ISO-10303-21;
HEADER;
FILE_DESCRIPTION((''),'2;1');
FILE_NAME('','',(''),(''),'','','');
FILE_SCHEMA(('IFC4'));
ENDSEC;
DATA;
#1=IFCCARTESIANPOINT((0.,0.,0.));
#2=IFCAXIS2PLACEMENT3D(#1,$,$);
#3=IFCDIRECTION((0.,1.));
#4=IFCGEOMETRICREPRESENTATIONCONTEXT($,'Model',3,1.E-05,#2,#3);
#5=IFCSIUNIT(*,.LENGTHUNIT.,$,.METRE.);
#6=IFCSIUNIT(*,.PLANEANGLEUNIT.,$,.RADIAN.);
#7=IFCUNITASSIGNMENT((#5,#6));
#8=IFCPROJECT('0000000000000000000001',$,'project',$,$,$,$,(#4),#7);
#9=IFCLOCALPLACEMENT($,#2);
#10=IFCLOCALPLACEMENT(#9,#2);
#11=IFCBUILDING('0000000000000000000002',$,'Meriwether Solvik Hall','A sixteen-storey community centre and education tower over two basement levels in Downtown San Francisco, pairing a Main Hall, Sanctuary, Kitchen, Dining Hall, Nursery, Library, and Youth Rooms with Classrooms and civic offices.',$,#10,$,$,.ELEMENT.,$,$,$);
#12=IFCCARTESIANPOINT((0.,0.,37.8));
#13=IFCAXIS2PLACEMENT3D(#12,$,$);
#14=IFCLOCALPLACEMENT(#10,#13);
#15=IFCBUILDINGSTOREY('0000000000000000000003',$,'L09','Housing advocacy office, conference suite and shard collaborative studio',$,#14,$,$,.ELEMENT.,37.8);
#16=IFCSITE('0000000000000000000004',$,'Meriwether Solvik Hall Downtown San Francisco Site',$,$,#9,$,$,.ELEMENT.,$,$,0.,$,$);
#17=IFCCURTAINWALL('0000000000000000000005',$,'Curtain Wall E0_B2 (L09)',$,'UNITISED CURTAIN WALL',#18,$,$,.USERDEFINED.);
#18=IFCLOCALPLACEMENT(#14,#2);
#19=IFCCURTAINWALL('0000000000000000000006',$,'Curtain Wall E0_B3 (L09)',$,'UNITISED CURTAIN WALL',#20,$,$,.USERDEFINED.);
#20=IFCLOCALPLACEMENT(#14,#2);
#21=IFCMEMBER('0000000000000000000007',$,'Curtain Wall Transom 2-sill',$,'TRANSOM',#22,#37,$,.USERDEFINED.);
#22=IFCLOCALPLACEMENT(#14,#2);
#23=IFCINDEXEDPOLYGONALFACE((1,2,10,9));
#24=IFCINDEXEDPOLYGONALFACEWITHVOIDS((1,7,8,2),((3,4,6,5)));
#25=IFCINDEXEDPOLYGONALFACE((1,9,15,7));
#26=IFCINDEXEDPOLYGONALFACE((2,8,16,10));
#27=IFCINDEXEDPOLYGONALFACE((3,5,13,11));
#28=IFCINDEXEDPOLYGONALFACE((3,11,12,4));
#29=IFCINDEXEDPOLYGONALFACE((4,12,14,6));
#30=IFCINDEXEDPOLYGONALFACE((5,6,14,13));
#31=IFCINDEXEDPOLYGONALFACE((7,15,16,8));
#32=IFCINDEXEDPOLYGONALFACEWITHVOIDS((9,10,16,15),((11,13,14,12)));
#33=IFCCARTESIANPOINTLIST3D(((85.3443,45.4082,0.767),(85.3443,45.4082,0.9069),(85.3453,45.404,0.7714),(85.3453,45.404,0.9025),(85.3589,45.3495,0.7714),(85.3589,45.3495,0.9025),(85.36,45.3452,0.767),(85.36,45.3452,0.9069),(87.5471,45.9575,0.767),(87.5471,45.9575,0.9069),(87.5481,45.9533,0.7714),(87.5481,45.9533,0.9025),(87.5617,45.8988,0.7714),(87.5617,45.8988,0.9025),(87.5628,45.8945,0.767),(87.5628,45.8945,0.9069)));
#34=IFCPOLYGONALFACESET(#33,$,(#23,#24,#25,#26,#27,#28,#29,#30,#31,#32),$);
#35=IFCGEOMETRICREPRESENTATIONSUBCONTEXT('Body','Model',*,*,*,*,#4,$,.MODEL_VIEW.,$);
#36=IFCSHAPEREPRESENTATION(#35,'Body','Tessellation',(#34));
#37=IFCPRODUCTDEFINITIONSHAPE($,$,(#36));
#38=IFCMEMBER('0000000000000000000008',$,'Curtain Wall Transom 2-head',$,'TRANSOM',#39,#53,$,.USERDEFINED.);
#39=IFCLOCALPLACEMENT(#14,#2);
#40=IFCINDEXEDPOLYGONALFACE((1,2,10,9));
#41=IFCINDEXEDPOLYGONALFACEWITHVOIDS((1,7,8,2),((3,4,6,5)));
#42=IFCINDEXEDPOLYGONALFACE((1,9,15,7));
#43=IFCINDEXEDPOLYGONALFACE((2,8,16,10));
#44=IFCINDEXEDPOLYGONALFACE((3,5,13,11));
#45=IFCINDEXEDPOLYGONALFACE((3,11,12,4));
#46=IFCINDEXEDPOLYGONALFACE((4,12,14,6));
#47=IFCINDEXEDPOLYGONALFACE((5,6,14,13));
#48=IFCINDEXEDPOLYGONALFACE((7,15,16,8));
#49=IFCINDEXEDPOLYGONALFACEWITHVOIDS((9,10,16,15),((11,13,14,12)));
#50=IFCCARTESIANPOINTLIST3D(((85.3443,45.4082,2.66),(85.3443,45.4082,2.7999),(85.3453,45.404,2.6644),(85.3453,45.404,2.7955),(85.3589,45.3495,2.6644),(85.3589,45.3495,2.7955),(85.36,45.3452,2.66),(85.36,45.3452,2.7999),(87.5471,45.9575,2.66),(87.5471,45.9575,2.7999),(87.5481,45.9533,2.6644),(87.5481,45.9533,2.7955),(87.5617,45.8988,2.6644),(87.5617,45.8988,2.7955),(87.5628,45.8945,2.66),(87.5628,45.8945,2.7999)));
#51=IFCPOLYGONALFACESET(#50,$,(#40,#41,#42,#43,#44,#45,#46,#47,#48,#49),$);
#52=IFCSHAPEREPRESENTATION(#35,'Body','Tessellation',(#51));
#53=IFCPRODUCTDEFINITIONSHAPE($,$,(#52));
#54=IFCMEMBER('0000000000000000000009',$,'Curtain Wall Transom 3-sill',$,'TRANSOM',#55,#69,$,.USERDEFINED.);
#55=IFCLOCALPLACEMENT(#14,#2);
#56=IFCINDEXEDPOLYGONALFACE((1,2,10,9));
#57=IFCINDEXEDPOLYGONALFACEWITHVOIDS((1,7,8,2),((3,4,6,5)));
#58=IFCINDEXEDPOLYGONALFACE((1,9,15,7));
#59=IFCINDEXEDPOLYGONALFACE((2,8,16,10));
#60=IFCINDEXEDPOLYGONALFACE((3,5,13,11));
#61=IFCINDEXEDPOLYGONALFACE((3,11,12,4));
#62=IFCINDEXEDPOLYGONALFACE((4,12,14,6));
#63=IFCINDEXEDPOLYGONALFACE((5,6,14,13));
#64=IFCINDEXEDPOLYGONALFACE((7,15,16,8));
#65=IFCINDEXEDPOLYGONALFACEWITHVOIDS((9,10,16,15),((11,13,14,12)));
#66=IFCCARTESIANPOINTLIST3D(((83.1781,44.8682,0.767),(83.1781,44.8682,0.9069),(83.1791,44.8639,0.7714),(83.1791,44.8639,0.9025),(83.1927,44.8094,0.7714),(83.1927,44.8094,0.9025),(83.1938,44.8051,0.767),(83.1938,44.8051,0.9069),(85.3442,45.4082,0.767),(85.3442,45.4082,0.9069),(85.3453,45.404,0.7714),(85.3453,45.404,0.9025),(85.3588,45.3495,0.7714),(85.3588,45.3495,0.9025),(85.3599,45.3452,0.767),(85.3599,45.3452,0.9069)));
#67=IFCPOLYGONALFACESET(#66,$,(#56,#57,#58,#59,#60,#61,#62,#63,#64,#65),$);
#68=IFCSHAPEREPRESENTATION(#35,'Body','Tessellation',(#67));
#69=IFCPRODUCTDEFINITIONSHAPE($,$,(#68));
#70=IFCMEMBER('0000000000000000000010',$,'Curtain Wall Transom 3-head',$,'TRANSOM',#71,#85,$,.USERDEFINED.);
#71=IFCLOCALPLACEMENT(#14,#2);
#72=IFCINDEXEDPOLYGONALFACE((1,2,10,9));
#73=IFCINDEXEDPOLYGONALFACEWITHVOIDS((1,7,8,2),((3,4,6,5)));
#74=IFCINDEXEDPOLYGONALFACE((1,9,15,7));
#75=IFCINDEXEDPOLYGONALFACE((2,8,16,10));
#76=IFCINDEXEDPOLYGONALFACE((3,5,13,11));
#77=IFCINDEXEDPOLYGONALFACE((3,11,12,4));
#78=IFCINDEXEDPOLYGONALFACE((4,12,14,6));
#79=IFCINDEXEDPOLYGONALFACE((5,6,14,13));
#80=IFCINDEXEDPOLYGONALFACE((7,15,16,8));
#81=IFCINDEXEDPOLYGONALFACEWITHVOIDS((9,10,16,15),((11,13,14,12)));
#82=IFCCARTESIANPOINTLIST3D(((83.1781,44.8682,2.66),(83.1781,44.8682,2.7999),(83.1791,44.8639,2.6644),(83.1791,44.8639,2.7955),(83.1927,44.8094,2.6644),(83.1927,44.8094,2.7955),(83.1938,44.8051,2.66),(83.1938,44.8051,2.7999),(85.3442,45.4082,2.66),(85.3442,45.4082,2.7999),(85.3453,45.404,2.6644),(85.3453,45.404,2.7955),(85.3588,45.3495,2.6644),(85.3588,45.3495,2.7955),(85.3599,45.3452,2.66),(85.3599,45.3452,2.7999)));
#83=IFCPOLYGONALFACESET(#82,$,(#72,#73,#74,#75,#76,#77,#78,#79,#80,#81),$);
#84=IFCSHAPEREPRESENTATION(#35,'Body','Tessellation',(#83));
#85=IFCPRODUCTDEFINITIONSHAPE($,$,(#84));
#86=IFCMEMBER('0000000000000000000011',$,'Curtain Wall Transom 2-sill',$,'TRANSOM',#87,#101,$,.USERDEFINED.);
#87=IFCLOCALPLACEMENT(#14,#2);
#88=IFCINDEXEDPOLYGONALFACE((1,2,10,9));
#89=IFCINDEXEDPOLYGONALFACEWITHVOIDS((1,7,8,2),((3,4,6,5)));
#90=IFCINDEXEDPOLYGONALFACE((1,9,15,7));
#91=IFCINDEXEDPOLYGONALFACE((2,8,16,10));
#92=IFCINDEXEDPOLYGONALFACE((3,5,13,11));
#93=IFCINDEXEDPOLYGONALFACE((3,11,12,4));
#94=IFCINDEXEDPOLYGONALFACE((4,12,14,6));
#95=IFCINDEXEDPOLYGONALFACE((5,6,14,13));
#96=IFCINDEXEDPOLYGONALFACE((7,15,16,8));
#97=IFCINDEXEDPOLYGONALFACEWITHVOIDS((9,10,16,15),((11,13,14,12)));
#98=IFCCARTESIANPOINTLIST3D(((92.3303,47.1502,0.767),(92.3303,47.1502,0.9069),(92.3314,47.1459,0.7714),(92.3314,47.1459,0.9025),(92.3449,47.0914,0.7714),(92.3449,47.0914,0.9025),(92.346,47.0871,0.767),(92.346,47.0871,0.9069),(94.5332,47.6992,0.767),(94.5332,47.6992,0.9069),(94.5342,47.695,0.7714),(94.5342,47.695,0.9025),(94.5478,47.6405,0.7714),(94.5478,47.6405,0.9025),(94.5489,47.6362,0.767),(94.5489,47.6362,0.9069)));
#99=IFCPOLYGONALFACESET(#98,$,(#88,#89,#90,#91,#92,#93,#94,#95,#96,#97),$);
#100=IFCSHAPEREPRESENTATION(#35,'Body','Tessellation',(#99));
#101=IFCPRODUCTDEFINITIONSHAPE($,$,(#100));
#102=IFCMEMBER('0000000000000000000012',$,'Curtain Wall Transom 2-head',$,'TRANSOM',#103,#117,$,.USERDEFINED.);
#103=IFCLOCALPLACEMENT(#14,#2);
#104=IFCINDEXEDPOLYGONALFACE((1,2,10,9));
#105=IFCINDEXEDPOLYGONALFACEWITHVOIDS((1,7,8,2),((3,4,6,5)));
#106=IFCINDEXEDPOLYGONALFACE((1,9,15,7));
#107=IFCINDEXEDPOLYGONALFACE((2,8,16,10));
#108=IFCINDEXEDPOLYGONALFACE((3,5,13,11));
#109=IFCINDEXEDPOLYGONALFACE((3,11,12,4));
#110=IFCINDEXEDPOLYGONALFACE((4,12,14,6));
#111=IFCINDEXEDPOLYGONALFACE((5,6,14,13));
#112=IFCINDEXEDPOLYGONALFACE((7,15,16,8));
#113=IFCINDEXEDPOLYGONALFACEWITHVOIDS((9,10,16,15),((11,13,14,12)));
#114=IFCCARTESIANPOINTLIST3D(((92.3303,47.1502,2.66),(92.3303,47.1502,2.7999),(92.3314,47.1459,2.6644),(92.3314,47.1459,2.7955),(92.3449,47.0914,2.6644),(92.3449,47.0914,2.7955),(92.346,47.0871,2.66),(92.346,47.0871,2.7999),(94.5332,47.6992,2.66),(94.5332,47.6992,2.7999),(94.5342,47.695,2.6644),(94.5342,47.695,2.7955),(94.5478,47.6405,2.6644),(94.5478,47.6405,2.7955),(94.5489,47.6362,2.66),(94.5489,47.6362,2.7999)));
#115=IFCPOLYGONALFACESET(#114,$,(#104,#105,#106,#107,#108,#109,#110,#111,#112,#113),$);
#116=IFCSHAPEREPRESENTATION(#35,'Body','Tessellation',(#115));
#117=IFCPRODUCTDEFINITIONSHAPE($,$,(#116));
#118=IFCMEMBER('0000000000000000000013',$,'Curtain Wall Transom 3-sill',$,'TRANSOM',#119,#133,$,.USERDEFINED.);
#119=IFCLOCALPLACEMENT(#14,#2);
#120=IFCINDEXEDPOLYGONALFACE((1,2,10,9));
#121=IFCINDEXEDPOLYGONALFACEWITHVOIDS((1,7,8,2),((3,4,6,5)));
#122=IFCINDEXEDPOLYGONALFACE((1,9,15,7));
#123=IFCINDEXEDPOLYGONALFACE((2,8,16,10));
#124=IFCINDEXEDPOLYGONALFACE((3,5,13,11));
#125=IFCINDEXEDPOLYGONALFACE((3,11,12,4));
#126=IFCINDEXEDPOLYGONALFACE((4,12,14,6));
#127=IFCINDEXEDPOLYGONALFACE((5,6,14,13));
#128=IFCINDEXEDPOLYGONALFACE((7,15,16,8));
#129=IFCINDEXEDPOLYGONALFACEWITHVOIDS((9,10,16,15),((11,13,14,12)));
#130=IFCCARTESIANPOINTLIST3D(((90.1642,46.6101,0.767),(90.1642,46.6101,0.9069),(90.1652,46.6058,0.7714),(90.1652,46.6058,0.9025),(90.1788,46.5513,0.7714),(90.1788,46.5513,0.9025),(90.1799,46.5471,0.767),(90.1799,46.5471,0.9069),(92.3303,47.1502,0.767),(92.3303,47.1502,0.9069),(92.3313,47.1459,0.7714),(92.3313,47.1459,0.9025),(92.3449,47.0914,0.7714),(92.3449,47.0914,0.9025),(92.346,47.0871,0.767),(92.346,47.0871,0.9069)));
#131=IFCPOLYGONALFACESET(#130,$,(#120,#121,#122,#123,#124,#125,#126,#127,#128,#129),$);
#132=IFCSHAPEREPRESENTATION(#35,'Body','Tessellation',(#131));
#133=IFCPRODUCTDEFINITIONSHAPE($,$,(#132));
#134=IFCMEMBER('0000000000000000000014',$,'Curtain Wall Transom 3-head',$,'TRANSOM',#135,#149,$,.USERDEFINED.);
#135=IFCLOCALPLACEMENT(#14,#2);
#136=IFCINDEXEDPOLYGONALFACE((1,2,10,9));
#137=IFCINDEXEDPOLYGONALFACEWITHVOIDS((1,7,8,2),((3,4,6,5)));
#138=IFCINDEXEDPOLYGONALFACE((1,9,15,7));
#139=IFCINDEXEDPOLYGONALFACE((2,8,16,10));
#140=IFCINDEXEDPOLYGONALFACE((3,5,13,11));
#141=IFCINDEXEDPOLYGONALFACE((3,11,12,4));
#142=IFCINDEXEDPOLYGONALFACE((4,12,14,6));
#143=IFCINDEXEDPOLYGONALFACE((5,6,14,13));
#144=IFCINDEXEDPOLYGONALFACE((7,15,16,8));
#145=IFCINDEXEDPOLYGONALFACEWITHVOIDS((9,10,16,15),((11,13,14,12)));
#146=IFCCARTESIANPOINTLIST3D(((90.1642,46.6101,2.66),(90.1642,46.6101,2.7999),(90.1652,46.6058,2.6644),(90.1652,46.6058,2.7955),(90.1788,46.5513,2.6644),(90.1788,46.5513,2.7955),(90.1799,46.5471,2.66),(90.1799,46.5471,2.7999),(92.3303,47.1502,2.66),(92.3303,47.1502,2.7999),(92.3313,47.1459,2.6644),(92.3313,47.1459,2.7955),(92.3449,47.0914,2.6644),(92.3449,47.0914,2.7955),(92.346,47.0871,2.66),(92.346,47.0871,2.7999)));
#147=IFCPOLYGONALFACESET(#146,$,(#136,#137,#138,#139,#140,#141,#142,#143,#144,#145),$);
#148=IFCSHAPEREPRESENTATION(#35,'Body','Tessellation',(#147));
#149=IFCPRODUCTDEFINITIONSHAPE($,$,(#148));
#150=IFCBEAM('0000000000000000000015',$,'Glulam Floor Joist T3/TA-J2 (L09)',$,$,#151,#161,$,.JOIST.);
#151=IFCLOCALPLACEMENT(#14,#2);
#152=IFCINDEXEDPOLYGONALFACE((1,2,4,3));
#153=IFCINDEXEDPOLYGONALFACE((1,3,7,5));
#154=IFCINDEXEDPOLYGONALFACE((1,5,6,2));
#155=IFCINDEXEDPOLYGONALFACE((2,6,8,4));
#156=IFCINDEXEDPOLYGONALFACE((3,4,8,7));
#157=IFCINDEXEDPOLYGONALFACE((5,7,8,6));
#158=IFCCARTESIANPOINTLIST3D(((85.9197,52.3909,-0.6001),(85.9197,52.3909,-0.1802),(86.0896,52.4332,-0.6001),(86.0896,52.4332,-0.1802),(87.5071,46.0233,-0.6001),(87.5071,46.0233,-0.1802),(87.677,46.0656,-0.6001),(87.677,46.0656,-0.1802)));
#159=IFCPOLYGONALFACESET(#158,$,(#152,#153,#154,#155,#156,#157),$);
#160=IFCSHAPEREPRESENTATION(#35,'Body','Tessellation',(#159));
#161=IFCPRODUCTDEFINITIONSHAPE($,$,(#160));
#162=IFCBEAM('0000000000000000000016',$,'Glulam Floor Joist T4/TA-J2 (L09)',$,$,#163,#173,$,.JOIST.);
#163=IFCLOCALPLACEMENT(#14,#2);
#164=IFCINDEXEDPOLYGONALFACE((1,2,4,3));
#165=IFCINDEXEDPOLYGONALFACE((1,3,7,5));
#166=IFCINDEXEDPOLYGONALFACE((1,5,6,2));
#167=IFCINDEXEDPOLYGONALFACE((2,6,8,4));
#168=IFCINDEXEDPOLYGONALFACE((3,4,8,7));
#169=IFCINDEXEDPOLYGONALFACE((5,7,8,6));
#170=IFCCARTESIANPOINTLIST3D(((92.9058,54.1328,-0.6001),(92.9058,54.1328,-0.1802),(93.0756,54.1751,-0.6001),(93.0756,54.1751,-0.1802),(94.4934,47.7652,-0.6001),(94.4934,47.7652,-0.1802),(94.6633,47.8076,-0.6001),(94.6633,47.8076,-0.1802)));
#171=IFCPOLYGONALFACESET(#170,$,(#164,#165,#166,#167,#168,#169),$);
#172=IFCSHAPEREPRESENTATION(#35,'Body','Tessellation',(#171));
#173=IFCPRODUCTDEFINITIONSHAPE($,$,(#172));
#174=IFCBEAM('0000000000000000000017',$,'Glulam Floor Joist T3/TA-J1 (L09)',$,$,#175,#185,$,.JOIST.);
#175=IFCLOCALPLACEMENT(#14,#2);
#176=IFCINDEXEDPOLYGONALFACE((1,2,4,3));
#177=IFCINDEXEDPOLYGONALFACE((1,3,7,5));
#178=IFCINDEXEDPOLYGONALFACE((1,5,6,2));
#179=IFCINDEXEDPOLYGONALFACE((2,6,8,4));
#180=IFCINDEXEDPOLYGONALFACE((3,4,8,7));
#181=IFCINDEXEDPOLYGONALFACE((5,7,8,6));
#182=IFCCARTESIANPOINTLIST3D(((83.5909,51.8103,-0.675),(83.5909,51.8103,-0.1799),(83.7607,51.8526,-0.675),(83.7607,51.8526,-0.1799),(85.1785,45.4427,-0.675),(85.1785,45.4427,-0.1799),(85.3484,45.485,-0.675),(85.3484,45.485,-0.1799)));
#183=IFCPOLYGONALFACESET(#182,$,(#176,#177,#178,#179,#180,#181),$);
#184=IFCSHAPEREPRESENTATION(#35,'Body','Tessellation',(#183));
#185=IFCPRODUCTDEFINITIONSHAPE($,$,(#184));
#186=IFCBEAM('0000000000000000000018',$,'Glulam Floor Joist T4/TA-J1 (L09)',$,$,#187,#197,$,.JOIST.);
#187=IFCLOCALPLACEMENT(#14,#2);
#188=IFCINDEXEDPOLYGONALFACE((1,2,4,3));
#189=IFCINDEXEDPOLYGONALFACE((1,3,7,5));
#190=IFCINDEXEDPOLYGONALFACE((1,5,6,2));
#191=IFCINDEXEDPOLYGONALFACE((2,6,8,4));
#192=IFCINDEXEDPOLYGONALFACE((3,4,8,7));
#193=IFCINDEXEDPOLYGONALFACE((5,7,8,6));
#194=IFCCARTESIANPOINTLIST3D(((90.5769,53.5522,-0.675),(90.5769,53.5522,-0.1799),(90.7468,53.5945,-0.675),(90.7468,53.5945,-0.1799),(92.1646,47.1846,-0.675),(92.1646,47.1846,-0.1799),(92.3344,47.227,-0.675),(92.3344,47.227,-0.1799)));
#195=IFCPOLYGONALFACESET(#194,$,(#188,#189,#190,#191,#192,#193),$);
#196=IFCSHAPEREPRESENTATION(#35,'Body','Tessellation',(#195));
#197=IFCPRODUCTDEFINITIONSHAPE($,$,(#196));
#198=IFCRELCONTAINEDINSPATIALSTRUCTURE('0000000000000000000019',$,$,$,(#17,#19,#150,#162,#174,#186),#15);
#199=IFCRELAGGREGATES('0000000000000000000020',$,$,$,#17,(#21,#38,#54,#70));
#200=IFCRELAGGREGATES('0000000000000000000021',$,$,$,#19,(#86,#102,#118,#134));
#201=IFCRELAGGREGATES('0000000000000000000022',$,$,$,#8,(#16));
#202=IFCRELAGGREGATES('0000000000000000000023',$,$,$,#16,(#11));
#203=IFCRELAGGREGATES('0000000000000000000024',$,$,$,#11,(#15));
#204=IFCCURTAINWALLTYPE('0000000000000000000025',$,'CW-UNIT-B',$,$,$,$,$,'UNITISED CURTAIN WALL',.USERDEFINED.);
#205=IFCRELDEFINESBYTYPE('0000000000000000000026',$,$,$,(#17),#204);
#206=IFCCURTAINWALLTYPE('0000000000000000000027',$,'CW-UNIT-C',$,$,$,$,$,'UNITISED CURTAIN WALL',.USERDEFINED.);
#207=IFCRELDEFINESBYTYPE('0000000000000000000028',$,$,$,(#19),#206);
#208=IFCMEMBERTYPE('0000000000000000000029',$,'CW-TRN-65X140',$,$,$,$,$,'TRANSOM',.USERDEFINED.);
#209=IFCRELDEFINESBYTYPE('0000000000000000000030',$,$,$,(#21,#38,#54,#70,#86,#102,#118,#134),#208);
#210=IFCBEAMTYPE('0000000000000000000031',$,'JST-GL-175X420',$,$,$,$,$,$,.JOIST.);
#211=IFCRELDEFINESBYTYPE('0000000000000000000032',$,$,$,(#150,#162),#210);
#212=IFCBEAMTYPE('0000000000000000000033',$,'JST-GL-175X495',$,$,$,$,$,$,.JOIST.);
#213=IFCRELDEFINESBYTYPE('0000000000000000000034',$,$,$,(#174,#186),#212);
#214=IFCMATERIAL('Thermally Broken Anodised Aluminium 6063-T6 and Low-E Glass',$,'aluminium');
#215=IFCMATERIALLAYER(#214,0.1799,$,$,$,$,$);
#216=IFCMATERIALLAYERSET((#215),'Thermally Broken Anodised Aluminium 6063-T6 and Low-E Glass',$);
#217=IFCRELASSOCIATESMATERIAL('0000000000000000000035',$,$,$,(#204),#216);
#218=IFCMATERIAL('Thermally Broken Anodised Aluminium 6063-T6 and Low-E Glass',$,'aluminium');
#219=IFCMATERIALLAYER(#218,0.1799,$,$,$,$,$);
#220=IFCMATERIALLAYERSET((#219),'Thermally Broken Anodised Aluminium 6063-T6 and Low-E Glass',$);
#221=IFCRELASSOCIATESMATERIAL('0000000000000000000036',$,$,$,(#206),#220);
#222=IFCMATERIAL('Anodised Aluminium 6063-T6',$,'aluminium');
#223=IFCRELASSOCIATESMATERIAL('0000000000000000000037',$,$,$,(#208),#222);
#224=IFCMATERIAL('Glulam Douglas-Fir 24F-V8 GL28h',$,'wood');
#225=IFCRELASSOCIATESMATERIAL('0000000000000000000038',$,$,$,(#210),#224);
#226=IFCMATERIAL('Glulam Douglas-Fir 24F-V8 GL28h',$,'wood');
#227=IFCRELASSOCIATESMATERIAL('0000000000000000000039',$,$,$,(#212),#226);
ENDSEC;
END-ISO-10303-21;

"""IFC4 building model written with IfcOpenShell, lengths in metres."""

from ifc_helpers import new_model, si_unit, direction, frame, origin, origin_2d, place, context, subcontext, project, spatial, rectangle, hollow_rectangle, extrude, material, layer, layer_set, material_profile, profile_set, type_object, element, aggregate, save


model = new_model("IFC4")

# Units and contexts
model_context = context("Model", 3, precision=1e-05, world=origin(), true_north=direction((0.0, 1.0)))
body_context = subcontext(model_context, "Body", "Model", "MODEL_VIEW")
ifc_project = project(units=[si_unit("LENGTHUNIT", "METRE"), si_unit("PLANEANGLEUNIT", "RADIAN")], contexts=[model_context])

# Site, building, storey
site_placement = place(None, origin())
site = spatial("IfcSite", under=ifc_project, at=site_placement, Name="Meriwether Solvik Hall Downtown San Francisco Site", CompositionType="ELEMENT", RefElevation=0.0)
building_placement = place(site_placement, origin())
building = spatial("IfcBuilding", under=site, at=building_placement, Name="Meriwether Solvik Hall", Description="A sixteen-storey community centre and education tower over two basement levels in Downtown San Francisco, pairing a Main Hall, Sanctuary, Kitchen, Dining Hall, Nursery, Library, and Youth Rooms with Classrooms and civic offices.", CompositionType="ELEMENT")
storey_placement = place(building_placement, frame((0.0, 0.0, 37.8)))
storey = spatial("IfcBuildingStorey", under=building, at=storey_placement, Name="L09", Description="Housing advocacy office, conference suite and shard collaborative studio", CompositionType="ELEMENT", Elevation=37.8)

# Curtain walls
ifc_material_1 = material(Name="Thermally Broken Anodised Aluminium 6063-T6 and Low-E Glass", Category="aluminium")
ifc_layer_1 = layer(ifc_material_1, 0.1799)
ifc_layer_set_1 = layer_set([ifc_layer_1], Name="Thermally Broken Anodised Aluminium 6063-T6 and Low-E Glass")
curtain_wall_type_1 = type_object("IfcCurtainWallType", Name="CW-UNIT-B", ElementType="UNITISED CURTAIN WALL", PredefinedType="USERDEFINED", material=ifc_layer_set_1)
curtain_wall_1_placement = place(storey_placement, origin())
curtain_wall_1 = element("IfcCurtainWall", 1, at=curtain_wall_1_placement, inside=storey, type_object=curtain_wall_type_1, Name="Curtain Wall E0_B2 (L09)", ObjectType="UNITISED CURTAIN WALL", PredefinedType="USERDEFINED")
ifc_material_2 = material(Name="Thermally Broken Anodised Aluminium 6063-T6 and Low-E Glass", Category="aluminium")
ifc_layer_2 = layer(ifc_material_2, 0.1799)
ifc_layer_set_2 = layer_set([ifc_layer_2], Name="Thermally Broken Anodised Aluminium 6063-T6 and Low-E Glass")
curtain_wall_type_2 = type_object("IfcCurtainWallType", Name="CW-UNIT-C", ElementType="UNITISED CURTAIN WALL", PredefinedType="USERDEFINED", material=ifc_layer_set_2)
curtain_wall_2_placement = place(storey_placement, origin())
curtain_wall_2 = element("IfcCurtainWall", 2, at=curtain_wall_2_placement, inside=storey, type_object=curtain_wall_type_2, Name="Curtain Wall E0_B3 (L09)", ObjectType="UNITISED CURTAIN WALL", PredefinedType="USERDEFINED")

# Members
ifc_material_3 = material(Name="Anodised Aluminium 6063-T6", Category="aluminium")
ifc_material_profile_1 = material_profile(ifc_material_3, hollow_rectangle(XDim=0.0649, YDim=0.1399, WallThickness=0.0044, at=origin_2d()), Name="CWT-65X140")
ifc_profile_set_1 = profile_set([ifc_material_profile_1], Name="Anodised Aluminium 6063-T6")
member_type_1 = type_object("IfcMemberType", Name="CW-TRN-65X140", ElementType="TRANSOM", PredefinedType="USERDEFINED", material=ifc_profile_set_1)
member_1_placement = place(storey_placement, frame((87.5549, 45.926, 0.8369), z_axis=(-0.970288, -0.241954, 0.0), x_axis=(0.241954, -0.970288, 0.0)))
member_1 = element("IfcMember", 3, at=member_1_placement, type_object=member_type_1, Name="Curtain Wall Transom 2-sill", ObjectType="TRANSOM", PredefinedType="USERDEFINED", context=body_context, shape_type="SweptSolid", body=[
    extrude(hollow_rectangle(XDim=0.0649, YDim=0.1399, WallThickness=0.0044, at=origin_2d()), origin(), (0.0, 0.0, 1.0), 2.2703),
])
member_2_placement = place(storey_placement, frame((87.5549, 45.926, 2.73), z_axis=(-0.970288, -0.241954, 0.0), x_axis=(0.241954, -0.970288, 0.0)))
member_2 = element("IfcMember", 4, at=member_2_placement, type_object=member_type_1, Name="Curtain Wall Transom 2-head", ObjectType="TRANSOM", PredefinedType="USERDEFINED", context=body_context, shape_type="SweptSolid", body=[
    extrude(hollow_rectangle(XDim=0.0649, YDim=0.1399, WallThickness=0.0044, at=origin_2d()), origin(), (0.0, 0.0, 1.0), 2.2703),
])
member_3_placement = place(storey_placement, frame((85.3521, 45.3767, 0.8369), z_axis=(-0.970297, -0.241918, 0.0), x_axis=(0.241918, -0.970297, 0.0)))
member_3 = element("IfcMember", 5, at=member_3_placement, type_object=member_type_1, Name="Curtain Wall Transom 3-sill", ObjectType="TRANSOM", PredefinedType="USERDEFINED", context=body_context, shape_type="SweptSolid", body=[
    extrude(hollow_rectangle(XDim=0.0649, YDim=0.1399, WallThickness=0.0044, at=origin_2d()), origin(), (0.0, 0.0, 1.0), 2.2324),
])
member_4_placement = place(storey_placement, frame((85.3521, 45.3767, 2.73), z_axis=(-0.970297, -0.241918, 0.0), x_axis=(0.241918, -0.970297, 0.0)))
member_4 = element("IfcMember", 6, at=member_4_placement, type_object=member_type_1, Name="Curtain Wall Transom 3-head", ObjectType="TRANSOM", PredefinedType="USERDEFINED", context=body_context, shape_type="SweptSolid", body=[
    extrude(hollow_rectangle(XDim=0.0649, YDim=0.1399, WallThickness=0.0044, at=origin_2d()), origin(), (0.0, 0.0, 1.0), 2.2324),
])
member_5_placement = place(storey_placement, frame((94.541, 47.6677, 0.8369), z_axis=(-0.970313, -0.241852, 0.0), x_axis=(0.241852, -0.970313, 0.0)))
member_5 = element("IfcMember", 7, at=member_5_placement, type_object=member_type_1, Name="Curtain Wall Transom 2-sill", ObjectType="TRANSOM", PredefinedType="USERDEFINED", context=body_context, shape_type="SweptSolid", body=[
    extrude(hollow_rectangle(XDim=0.0649, YDim=0.1399, WallThickness=0.0044, at=origin_2d()), origin(), (0.0, 0.0, 1.0), 2.2703),
])
member_6_placement = place(storey_placement, frame((94.541, 47.6677, 2.73), z_axis=(-0.970313, -0.241852, 0.0), x_axis=(0.241852, -0.970313, 0.0)))
member_6 = element("IfcMember", 8, at=member_6_placement, type_object=member_type_1, Name="Curtain Wall Transom 2-head", ObjectType="TRANSOM", PredefinedType="USERDEFINED", context=body_context, shape_type="SweptSolid", body=[
    extrude(hollow_rectangle(XDim=0.0649, YDim=0.1399, WallThickness=0.0044, at=origin_2d()), origin(), (0.0, 0.0, 1.0), 2.2703),
])
member_7_placement = place(storey_placement, frame((92.3381, 47.1187, 0.8369), z_axis=(-0.970297, -0.241918, 0.0), x_axis=(0.241918, -0.970297, 0.0)))
member_7 = element("IfcMember", 9, at=member_7_placement, type_object=member_type_1, Name="Curtain Wall Transom 3-sill", ObjectType="TRANSOM", PredefinedType="USERDEFINED", context=body_context, shape_type="SweptSolid", body=[
    extrude(hollow_rectangle(XDim=0.0649, YDim=0.1399, WallThickness=0.0044, at=origin_2d()), origin(), (0.0, 0.0, 1.0), 2.2324),
])
member_8_placement = place(storey_placement, frame((92.3381, 47.1187, 2.73), z_axis=(-0.970297, -0.241918, 0.0), x_axis=(0.241918, -0.970297, 0.0)))
member_8 = element("IfcMember", 10, at=member_8_placement, type_object=member_type_1, Name="Curtain Wall Transom 3-head", ObjectType="TRANSOM", PredefinedType="USERDEFINED", context=body_context, shape_type="SweptSolid", body=[
    extrude(hollow_rectangle(XDim=0.0649, YDim=0.1399, WallThickness=0.0044, at=origin_2d()), origin(), (0.0, 0.0, 1.0), 2.2324),
])

# Beams
ifc_material_4 = material(Name="Glulam Douglas-Fir 24F-V8 GL28h", Category="wood")
ifc_material_profile_2 = material_profile(ifc_material_4, rectangle(XDim=0.175, YDim=0.4199, at=origin_2d()), Name="GLJ-175X420")
ifc_profile_set_2 = profile_set([ifc_material_profile_2], Name="Glulam Douglas-Fir 24F-V8 GL28h")
beam_type_1 = type_object("IfcBeamType", Name="JST-GL-175X420", PredefinedType="JOIST", material=ifc_profile_set_2)
for number, where, z_axis, x_axis, name in (
    (11, (87.592, 46.0444, -0.3901), (-0.241888, 0.970304, 0.0), (-0.970304, -0.241888, 0.0), "Glulam Floor Joist T3/TA-J2 (L09)"),
    (12, (94.5784, 47.7864, -0.3901), (-0.241932, 0.970293, 0.0), (-0.970293, -0.241932, 0.0), "Glulam Floor Joist T4/TA-J2 (L09)"),
):
    element("IfcBeam", number, at=place(storey_placement, frame(where, z_axis=z_axis, x_axis=x_axis)), inside=storey, type_object=beam_type_1, Name=name, PredefinedType="JOIST", context=body_context, shape_type="SweptSolid", body=[
        extrude(rectangle(XDim=0.175, YDim=0.4199, at=origin_2d()), origin(), (0.0, 0.0, 1.0), 6.5625),
    ])
ifc_material_5 = material(Name="Glulam Douglas-Fir 24F-V8 GL28h", Category="wood")
ifc_material_profile_3 = material_profile(ifc_material_5, rectangle(XDim=0.175, YDim=0.4951, at=origin_2d()), Name="GLJ-175X495")
ifc_profile_set_3 = profile_set([ifc_material_profile_3], Name="Glulam Douglas-Fir 24F-V8 GL28h")
beam_type_2 = type_object("IfcBeamType", Name="JST-GL-175X495", PredefinedType="JOIST", material=ifc_profile_set_3)
for number, where, z_axis, x_axis, name in (
    (13, (85.2634, 45.4639, -0.4275), (-0.241923, 0.970295, 0.0), (-0.970295, -0.241923, 0.0), "Glulam Floor Joist T3/TA-J1 (L09)"),
    (14, (92.2495, 47.2058, -0.4275), (-0.241932, 0.970293, 0.0), (-0.970293, -0.241932, 0.0), "Glulam Floor Joist T4/TA-J1 (L09)"),
):
    element("IfcBeam", number, at=place(storey_placement, frame(where, z_axis=z_axis, x_axis=x_axis)), inside=storey, type_object=beam_type_2, Name=name, PredefinedType="JOIST", context=body_context, shape_type="SweptSolid", body=[
        extrude(rectangle(XDim=0.175, YDim=0.4951, at=origin_2d()), origin(), (0.0, 0.0, 1.0), 6.5625),
    ])

aggregate(curtain_wall_1, [member_1, member_2, member_3, member_4])
aggregate(curtain_wall_2, [member_5, member_6, member_7, member_8])

save(model, "model.ifc")
